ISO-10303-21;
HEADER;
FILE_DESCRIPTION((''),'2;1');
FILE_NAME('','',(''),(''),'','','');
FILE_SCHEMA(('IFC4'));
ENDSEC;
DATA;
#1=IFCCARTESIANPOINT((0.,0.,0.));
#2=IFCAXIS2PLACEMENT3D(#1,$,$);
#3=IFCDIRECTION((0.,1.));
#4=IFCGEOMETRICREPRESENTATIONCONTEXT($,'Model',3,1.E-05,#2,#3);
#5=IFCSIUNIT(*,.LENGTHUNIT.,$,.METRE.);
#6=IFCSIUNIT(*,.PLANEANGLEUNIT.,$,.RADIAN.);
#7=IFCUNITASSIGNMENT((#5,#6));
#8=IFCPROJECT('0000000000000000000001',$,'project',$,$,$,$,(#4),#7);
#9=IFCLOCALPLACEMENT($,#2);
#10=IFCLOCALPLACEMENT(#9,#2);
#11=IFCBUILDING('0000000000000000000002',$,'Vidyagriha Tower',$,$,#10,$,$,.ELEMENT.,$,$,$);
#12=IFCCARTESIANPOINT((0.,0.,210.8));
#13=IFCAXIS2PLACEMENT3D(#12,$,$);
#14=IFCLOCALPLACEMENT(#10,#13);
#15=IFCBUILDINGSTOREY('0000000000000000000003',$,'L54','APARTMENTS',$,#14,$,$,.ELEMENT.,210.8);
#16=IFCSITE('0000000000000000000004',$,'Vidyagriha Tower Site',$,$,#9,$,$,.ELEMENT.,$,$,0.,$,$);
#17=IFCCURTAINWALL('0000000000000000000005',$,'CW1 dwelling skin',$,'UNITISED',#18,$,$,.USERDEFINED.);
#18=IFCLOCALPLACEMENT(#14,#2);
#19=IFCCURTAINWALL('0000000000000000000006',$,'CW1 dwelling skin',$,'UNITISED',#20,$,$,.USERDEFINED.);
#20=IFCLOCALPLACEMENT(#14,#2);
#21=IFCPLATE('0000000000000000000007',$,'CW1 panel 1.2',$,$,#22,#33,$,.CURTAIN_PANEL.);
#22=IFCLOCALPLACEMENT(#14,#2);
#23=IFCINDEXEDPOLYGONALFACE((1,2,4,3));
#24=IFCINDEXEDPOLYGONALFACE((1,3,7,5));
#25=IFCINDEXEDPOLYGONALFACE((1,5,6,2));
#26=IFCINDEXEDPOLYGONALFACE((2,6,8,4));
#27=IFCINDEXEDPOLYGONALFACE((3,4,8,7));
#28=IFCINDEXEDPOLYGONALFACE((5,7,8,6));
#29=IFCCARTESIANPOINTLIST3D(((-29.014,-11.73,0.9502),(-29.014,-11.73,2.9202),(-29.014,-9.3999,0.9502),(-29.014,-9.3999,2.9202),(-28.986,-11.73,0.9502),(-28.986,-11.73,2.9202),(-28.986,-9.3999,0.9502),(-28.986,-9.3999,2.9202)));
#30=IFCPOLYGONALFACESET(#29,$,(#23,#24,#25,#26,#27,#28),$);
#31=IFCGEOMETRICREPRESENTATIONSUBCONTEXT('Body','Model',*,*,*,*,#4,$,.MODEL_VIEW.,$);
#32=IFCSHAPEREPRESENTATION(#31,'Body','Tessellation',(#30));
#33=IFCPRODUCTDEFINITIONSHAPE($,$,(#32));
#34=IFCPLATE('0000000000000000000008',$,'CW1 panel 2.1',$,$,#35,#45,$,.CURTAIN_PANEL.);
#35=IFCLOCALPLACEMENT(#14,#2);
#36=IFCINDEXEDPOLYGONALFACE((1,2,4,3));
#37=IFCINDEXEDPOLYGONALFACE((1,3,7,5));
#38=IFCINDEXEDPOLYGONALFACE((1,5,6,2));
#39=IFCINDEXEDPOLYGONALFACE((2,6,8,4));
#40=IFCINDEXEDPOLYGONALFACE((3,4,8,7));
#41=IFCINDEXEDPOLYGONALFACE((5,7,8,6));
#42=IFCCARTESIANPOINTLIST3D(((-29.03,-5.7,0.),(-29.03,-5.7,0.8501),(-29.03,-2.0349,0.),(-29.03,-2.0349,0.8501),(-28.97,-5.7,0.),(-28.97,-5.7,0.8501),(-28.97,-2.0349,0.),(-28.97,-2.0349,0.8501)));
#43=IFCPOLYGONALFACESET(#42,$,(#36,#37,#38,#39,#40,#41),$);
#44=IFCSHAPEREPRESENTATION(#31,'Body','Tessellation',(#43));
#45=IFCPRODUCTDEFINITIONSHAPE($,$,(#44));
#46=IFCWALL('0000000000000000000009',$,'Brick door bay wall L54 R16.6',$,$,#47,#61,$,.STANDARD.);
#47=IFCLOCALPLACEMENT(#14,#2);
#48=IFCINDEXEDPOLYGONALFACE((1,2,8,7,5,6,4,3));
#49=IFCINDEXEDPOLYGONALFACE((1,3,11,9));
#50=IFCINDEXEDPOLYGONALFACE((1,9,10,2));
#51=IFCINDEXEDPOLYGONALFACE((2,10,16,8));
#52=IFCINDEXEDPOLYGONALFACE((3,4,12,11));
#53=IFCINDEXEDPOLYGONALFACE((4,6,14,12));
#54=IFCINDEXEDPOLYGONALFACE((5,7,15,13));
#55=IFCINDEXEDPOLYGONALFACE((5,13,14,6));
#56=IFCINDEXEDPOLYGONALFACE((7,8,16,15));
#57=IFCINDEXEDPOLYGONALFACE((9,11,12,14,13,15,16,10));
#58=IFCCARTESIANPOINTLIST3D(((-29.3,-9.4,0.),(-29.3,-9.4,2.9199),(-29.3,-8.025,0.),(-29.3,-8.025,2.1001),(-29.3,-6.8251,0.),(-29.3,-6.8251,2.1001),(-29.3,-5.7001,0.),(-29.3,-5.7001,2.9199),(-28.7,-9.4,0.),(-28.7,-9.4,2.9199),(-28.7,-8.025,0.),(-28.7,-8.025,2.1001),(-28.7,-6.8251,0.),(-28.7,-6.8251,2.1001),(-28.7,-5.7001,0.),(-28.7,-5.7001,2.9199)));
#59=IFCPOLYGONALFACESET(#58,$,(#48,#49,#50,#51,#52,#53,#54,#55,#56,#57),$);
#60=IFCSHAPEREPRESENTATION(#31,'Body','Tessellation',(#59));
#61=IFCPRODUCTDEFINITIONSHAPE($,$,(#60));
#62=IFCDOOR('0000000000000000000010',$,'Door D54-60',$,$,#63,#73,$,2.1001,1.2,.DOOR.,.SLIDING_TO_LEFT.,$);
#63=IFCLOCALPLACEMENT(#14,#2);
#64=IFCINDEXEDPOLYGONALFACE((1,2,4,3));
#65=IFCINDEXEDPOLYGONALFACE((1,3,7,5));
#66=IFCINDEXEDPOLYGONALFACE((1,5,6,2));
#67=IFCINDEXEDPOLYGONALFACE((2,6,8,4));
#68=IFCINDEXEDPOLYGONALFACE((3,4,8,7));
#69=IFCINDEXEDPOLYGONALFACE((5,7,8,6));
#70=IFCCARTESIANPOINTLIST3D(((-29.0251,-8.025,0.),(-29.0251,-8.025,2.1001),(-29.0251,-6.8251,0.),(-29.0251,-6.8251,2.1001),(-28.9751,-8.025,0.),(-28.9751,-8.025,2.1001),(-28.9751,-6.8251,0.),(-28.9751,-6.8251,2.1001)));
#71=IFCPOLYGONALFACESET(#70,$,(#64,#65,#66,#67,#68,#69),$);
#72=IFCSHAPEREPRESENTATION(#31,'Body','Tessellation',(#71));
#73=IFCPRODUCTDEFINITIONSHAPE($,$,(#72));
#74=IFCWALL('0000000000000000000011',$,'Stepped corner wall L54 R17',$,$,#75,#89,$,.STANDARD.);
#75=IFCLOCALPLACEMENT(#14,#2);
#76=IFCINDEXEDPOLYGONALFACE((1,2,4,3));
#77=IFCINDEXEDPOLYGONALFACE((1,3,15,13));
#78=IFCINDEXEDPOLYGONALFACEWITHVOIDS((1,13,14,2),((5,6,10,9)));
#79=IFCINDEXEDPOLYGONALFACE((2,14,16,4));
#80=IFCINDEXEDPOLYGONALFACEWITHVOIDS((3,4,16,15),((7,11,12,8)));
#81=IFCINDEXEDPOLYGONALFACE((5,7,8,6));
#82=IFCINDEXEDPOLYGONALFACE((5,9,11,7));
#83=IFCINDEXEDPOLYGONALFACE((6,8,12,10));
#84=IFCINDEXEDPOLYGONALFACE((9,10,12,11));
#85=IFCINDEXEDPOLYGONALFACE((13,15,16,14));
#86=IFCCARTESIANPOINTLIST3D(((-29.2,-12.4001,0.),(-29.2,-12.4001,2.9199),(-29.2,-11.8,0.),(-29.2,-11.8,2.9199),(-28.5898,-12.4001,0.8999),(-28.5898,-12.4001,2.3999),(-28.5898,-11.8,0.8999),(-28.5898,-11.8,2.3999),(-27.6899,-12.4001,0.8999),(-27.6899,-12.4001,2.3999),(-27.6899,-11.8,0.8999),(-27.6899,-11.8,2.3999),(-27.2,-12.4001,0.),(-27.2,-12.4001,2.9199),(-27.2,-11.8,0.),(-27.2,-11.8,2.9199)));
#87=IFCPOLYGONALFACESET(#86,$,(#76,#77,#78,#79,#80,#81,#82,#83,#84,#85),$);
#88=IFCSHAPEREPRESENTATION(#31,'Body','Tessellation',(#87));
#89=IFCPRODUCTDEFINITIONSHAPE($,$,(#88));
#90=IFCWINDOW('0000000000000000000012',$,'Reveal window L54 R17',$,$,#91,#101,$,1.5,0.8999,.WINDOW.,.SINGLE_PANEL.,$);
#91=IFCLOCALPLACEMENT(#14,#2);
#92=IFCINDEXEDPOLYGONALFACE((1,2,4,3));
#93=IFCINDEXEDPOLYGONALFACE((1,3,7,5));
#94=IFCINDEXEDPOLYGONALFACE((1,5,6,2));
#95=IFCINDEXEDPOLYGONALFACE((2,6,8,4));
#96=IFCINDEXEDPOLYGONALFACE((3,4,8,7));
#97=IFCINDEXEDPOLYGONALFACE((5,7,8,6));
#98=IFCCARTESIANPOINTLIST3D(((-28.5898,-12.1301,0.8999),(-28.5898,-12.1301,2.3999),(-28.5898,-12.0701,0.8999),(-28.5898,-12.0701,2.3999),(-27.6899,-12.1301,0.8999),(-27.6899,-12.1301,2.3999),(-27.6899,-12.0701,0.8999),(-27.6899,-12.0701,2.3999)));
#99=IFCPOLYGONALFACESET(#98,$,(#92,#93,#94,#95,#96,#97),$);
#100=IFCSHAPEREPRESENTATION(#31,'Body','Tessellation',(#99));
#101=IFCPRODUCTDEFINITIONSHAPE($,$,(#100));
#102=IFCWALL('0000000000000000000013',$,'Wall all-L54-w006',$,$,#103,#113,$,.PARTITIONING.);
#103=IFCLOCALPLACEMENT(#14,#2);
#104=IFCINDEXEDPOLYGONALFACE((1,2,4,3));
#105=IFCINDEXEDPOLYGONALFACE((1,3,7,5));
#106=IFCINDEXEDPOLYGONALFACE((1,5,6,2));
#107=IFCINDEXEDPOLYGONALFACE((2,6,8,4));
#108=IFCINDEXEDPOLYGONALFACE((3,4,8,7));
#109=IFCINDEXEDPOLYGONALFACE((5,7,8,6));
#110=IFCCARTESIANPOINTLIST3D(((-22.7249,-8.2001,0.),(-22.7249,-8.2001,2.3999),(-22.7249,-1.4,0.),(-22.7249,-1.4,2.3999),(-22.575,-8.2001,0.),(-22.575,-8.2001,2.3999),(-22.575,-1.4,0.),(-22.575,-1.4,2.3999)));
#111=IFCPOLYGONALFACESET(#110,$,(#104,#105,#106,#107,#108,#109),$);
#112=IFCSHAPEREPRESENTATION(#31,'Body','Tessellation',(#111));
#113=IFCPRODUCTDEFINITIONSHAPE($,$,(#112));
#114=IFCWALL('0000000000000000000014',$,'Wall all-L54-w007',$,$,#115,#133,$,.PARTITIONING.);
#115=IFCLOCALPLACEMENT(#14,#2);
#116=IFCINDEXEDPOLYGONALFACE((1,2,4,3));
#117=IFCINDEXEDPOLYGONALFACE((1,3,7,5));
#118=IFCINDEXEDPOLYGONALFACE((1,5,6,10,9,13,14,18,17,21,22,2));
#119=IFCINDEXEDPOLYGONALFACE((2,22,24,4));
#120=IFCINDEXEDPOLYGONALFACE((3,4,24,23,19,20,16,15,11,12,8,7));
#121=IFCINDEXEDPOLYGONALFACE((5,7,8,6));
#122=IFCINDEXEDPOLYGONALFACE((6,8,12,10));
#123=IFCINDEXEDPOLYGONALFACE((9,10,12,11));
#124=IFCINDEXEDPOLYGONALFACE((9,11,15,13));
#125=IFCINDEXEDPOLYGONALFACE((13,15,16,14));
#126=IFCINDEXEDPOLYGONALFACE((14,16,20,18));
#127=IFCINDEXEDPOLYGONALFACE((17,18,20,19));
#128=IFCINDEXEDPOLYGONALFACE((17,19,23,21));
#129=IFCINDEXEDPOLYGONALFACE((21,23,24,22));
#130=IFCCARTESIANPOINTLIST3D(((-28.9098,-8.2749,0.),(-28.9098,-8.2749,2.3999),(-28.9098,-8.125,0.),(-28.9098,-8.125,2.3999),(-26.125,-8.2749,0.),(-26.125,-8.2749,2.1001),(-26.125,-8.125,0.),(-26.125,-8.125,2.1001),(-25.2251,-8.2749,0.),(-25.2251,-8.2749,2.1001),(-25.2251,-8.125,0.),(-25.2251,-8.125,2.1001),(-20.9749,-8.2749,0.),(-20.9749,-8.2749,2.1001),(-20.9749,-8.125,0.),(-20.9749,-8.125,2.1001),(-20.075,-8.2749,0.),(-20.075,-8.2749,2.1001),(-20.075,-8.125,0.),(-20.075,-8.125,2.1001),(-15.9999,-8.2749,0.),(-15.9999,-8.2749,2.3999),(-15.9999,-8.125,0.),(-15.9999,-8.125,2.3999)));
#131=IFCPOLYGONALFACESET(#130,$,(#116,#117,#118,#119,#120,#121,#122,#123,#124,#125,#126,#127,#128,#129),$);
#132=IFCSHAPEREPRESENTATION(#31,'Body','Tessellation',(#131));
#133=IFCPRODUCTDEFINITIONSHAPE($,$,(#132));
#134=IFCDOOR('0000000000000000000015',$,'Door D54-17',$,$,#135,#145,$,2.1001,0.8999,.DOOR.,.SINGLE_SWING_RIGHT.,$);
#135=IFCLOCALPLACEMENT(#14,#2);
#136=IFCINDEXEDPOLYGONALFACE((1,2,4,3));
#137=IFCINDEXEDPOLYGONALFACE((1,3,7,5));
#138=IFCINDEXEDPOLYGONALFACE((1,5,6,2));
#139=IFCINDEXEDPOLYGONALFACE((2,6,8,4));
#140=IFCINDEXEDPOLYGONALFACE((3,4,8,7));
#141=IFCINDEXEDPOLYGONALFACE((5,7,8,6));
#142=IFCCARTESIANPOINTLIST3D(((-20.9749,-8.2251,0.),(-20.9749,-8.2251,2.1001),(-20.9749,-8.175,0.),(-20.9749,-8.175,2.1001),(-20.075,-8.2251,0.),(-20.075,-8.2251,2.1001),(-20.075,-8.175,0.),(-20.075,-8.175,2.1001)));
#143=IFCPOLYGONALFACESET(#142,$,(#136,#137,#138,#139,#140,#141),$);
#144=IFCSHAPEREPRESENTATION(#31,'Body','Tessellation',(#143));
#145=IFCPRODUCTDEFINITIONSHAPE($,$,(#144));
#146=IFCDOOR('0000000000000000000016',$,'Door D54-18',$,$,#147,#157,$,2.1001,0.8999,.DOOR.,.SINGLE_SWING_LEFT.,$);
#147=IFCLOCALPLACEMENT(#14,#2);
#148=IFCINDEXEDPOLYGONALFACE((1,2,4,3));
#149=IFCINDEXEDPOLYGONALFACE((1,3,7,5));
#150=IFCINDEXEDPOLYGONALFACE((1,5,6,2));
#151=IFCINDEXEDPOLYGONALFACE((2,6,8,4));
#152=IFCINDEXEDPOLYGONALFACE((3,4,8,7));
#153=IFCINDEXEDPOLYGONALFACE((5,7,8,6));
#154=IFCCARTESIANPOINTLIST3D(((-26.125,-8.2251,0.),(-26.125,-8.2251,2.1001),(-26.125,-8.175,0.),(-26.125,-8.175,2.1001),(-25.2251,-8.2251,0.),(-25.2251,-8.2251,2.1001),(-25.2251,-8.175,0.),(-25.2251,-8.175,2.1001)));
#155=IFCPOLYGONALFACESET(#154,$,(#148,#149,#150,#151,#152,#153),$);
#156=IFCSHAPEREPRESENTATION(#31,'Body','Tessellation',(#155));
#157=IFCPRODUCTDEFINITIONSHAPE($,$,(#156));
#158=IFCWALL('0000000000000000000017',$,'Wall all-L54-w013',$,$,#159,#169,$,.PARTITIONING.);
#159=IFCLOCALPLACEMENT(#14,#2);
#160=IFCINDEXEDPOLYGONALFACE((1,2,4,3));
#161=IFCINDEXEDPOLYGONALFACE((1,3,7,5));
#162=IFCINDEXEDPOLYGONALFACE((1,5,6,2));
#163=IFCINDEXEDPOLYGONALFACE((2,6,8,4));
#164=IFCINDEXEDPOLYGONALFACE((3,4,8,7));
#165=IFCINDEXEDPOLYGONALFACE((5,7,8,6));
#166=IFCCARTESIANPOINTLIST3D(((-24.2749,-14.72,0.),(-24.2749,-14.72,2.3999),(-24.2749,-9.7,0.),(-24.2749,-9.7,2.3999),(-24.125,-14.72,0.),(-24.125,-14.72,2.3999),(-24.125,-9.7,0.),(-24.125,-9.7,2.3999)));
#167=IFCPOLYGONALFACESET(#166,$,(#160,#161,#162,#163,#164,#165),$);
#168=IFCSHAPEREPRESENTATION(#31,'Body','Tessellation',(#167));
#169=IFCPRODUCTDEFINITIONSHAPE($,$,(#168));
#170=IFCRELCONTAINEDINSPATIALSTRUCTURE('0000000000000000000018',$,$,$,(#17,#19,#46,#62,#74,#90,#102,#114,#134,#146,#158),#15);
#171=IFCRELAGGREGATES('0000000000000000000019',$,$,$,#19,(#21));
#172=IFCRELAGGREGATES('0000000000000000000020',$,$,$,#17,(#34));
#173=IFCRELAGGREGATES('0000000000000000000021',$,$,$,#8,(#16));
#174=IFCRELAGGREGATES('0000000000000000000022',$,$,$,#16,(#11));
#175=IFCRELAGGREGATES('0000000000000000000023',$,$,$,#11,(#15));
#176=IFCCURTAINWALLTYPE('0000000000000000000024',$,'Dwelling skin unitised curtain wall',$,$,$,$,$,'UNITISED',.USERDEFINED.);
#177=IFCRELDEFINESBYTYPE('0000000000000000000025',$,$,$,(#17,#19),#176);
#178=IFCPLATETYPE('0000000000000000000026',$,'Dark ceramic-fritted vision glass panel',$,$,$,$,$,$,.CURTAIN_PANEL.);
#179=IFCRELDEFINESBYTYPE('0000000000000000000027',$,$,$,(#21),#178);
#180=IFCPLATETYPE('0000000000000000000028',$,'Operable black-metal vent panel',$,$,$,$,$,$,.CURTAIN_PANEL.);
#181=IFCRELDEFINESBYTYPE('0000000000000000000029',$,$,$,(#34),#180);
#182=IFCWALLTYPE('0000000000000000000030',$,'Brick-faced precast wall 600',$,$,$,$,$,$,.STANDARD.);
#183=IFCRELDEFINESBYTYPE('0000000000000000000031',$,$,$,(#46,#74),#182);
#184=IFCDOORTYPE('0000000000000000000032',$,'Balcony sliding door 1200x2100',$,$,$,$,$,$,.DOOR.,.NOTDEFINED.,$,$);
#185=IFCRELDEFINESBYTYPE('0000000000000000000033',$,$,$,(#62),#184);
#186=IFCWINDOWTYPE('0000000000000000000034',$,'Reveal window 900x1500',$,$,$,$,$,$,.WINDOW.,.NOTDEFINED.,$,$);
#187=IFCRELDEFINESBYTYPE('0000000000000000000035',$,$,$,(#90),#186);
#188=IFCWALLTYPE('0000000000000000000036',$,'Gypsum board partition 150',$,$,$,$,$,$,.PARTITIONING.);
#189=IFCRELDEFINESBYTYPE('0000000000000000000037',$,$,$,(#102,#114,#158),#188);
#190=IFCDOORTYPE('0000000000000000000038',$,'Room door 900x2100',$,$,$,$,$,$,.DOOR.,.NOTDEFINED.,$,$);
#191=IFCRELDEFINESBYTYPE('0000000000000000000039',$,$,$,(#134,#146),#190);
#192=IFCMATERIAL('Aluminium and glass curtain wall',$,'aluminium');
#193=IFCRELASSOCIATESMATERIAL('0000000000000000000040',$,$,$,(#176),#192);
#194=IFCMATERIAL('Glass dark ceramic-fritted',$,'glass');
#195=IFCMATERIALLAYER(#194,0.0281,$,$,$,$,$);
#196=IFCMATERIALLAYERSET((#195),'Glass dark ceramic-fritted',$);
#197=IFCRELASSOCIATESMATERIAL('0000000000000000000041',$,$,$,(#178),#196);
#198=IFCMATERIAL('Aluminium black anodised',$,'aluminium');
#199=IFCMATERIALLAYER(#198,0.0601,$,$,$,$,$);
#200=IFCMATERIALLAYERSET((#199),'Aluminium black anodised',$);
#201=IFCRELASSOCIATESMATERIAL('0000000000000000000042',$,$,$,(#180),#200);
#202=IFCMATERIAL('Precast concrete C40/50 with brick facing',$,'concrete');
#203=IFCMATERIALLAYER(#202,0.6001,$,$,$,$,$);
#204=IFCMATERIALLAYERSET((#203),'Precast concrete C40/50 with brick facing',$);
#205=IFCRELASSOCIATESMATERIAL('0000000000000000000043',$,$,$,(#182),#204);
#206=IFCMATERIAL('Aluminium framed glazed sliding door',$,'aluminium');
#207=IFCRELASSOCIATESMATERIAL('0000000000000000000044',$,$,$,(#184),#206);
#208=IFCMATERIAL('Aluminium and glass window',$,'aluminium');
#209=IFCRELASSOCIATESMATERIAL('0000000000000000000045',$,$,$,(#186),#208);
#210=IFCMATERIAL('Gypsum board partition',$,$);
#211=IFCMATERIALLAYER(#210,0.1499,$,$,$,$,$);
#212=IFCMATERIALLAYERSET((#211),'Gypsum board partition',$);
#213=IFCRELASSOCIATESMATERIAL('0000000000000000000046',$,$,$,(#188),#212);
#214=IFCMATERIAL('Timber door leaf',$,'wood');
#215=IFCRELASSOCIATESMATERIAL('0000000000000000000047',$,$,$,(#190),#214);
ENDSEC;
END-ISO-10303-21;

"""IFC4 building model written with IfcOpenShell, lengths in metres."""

from ifc_helpers import new_model, si_unit, direction, frame, frame_2d, origin, origin_2d, place, context, subcontext, project, spatial, rectangle, extrude, material, layer, layer_set, type_object, element, fill, aggregate, save


model = new_model("IFC4")

# Units and contexts
model_context = context("Model", 3, precision=1e-05, world=origin(), true_north=direction((0.0, 1.0)))
body_context = subcontext(model_context, "Body", "Model", "MODEL_VIEW")
ifc_project = project(units=[si_unit("LENGTHUNIT", "METRE"), si_unit("PLANEANGLEUNIT", "RADIAN")], contexts=[model_context])

# Site, building, storey
site_placement = place(None, origin())
site = spatial("IfcSite", under=ifc_project, at=site_placement, Name="Vidyagriha Tower Site", CompositionType="ELEMENT", RefElevation=0.0)
building_placement = place(site_placement, origin())
building = spatial("IfcBuilding", under=site, at=building_placement, Name="Vidyagriha Tower", CompositionType="ELEMENT")
storey_placement = place(building_placement, frame((0.0, 0.0, 210.8)))
storey = spatial("IfcBuildingStorey", under=building, at=storey_placement, Name="L54", Description="APARTMENTS", CompositionType="ELEMENT", Elevation=210.8)

# Curtain walls
ifc_material_1 = material(Name="Aluminium and glass curtain wall", Category="aluminium")
curtain_wall_type = type_object("IfcCurtainWallType", Name="Dwelling skin unitised curtain wall", ElementType="UNITISED", PredefinedType="USERDEFINED", material=ifc_material_1)
curtain_wall_1_placement = place(storey_placement, origin())
curtain_wall_1 = element("IfcCurtainWall", 1, at=curtain_wall_1_placement, inside=storey, type_object=curtain_wall_type, Name="CW1 dwelling skin", ObjectType="UNITISED", PredefinedType="USERDEFINED")
curtain_wall_2_placement = place(storey_placement, origin())
curtain_wall_2 = element("IfcCurtainWall", 2, at=curtain_wall_2_placement, inside=storey, type_object=curtain_wall_type, Name="CW1 dwelling skin", ObjectType="UNITISED", PredefinedType="USERDEFINED")

# Plates
ifc_material_2 = material(Name="Glass dark ceramic-fritted", Category="glass")
ifc_layer_1 = layer(ifc_material_2, 0.0281)
ifc_layer_set_1 = layer_set([ifc_layer_1], Name="Glass dark ceramic-fritted")
plate_type_1 = type_object("IfcPlateType", Name="Dark ceramic-fritted vision glass panel", PredefinedType="CURTAIN_PANEL", material=ifc_layer_set_1)
plate_1_placement = place(storey_placement, frame((-29.0, -10.5649, 0.9502), z_axis=(0.0, 0.0, 1.0), x_axis=(0.0, -1.0, 0.0)))
plate_1 = element("IfcPlate", 3, at=plate_1_placement, type_object=plate_type_1, Name="CW1 panel 1.2", PredefinedType="CURTAIN_PANEL", context=body_context, shape_type="SweptSolid", body=[
    extrude(rectangle(XDim=2.3301, YDim=0.0281, at=origin_2d()), origin(), (0.0, 0.0, 1.0), 1.97),
])
aggregate(curtain_wall_2, [plate_1])
ifc_material_3 = material(Name="Aluminium black anodised", Category="aluminium")
ifc_layer_2 = layer(ifc_material_3, 0.0601)
ifc_layer_set_2 = layer_set([ifc_layer_2], Name="Aluminium black anodised")
plate_type_2 = type_object("IfcPlateType", Name="Operable black-metal vent panel", PredefinedType="CURTAIN_PANEL", material=ifc_layer_set_2)
plate_2_placement = place(storey_placement, frame((-29.0, -3.8674, 0.0), z_axis=(0.0, 0.0, 1.0), x_axis=(0.0, -1.0, 0.0)))
plate_2 = element("IfcPlate", 4, at=plate_2_placement, type_object=plate_type_2, Name="CW1 panel 2.1", PredefinedType="CURTAIN_PANEL", context=body_context, shape_type="SweptSolid", body=[
    extrude(rectangle(XDim=3.665, YDim=0.0601, at=origin_2d()), origin(), (0.0, 0.0, 1.0), 0.8501),
])
aggregate(curtain_wall_1, [plate_2])

# Wall, opening, door
ifc_material_4 = material(Name="Precast concrete C40/50 with brick facing", Category="concrete")
ifc_layer_3 = layer(ifc_material_4, 0.6001)
ifc_layer_set_3 = layer_set([ifc_layer_3], Name="Precast concrete C40/50 with brick facing")
wall_type_1 = type_object("IfcWallType", Name="Brick-faced precast wall 600", PredefinedType="STANDARD", material=ifc_layer_set_3)
wall_1_placement = place(storey_placement, frame((-29.0, -5.7, 0.0), z_axis=(0.0, 0.0, 1.0), x_axis=(0.0, -1.0, 0.0)))
wall_1 = element("IfcWall", 5, at=wall_1_placement, inside=storey, type_object=wall_type_1, Name="Brick door bay wall L54 R16.6", PredefinedType="STANDARD", context=body_context, shape_type="SweptSolid", body=[
    extrude(rectangle(XDim=3.7, YDim=0.6001, at=frame_2d((1.8501, 0.0))), origin(), (0.0, 0.0, 1.0), 2.9199),
])
opening_1_placement = place(wall_1_placement, frame((1.125, 0.0, 0.0)))
opening_1 = element("IfcOpeningElement", 6, at=opening_1_placement, cuts=wall_1, PredefinedType="OPENING", context=body_context, shape_type="SweptSolid", body=[
    extrude(rectangle(XDim=1.2, YDim=2.1001, at=frame_2d((0.6001, 1.05))), frame((0.0, 0.3101, 0.0), z_axis=(0.0, -1.0, 0.0), x_axis=(1.0, 0.0, 0.0)), (0.0, 0.0, 1.0), 0.6201),
])
ifc_material_5 = material(Name="Aluminium framed glazed sliding door", Category="aluminium")
door_type_1 = type_object("IfcDoorType", Name="Balcony sliding door 1200x2100", OperationType="NOTDEFINED", PredefinedType="DOOR", material=ifc_material_5)
door_1_placement = place(opening_1_placement, origin())
door_1 = element("IfcDoor", 7, at=door_1_placement, inside=storey, type_object=door_type_1, Name="Door D54-60", OperationType="SLIDING_TO_LEFT", OverallHeight=2.1001, OverallWidth=1.2, PredefinedType="DOOR", context=body_context, shape_type="SweptSolid", body=[
    extrude(rectangle(XDim=1.2, YDim=2.1001, at=frame_2d((0.6001, 1.05))), frame((0.0, 0.0249, 0.0), z_axis=(0.0, -1.0, 0.0), x_axis=(1.0, 0.0, 0.0)), (0.0, 0.0, 1.0), 0.05),
])
fill(opening_1, door_1)

# Wall, opening, window
wall_2_placement = place(storey_placement, frame((-29.2, -12.1001, 0.0)))
wall_2 = element("IfcWall", 8, at=wall_2_placement, inside=storey, type_object=wall_type_1, Name="Stepped corner wall L54 R17", PredefinedType="STANDARD", context=body_context, shape_type="SweptSolid", body=[
    extrude(rectangle(XDim=2.0, YDim=0.6001, at=frame_2d((1.0, 0.0))), origin(), (0.0, 0.0, 1.0), 2.9199),
])
opening_2_placement = place(wall_2_placement, frame((0.6101, 0.0, 0.8999)))
opening_2 = element("IfcOpeningElement", 9, at=opening_2_placement, cuts=wall_2, PredefinedType="OPENING", context=body_context, shape_type="SweptSolid", body=[
    extrude(rectangle(XDim=0.8999, YDim=1.5, at=frame_2d((0.45, 0.75))), frame((0.0, 0.3101, 0.0), z_axis=(0.0, -1.0, 0.0), x_axis=(1.0, 0.0, 0.0)), (0.0, 0.0, 1.0), 0.6201),
])
ifc_material_6 = material(Name="Aluminium and glass window", Category="aluminium")
window_type = type_object("IfcWindowType", Name="Reveal window 900x1500", PartitioningType="NOTDEFINED", PredefinedType="WINDOW", material=ifc_material_6)
window_placement = place(opening_2_placement, origin())
window = element("IfcWindow", 10, at=window_placement, inside=storey, type_object=window_type, Name="Reveal window L54 R17", OverallHeight=1.5, OverallWidth=0.8999, PartitioningType="SINGLE_PANEL", PredefinedType="WINDOW", context=body_context, shape_type="SweptSolid", body=[
    extrude(rectangle(XDim=0.8999, YDim=1.5, at=frame_2d((0.45, 0.75))), frame((0.0, 0.03, 0.0), z_axis=(0.0, -1.0, 0.0), x_axis=(1.0, 0.0, 0.0)), (0.0, 0.0, 1.0), 0.0601),
])
fill(opening_2, window)

# Wall
ifc_material_7 = material(Name="Gypsum board partition")
ifc_layer_4 = layer(ifc_material_7, 0.1499)
ifc_layer_set_4 = layer_set([ifc_layer_4], Name="Gypsum board partition")
wall_type_2 = type_object("IfcWallType", Name="Gypsum board partition 150", PredefinedType="PARTITIONING", material=ifc_layer_set_4)
wall_3_placement = place(storey_placement, frame((-22.6499, -8.2, 0.0), z_axis=(0.0, 0.0, 1.0), x_axis=(0.0, 1.0, 0.0)))
element("IfcWall", 11, at=wall_3_placement, inside=storey, type_object=wall_type_2, Name="Wall all-L54-w006", PredefinedType="PARTITIONING", context=body_context, shape_type="SweptSolid", body=[
    extrude(rectangle(XDim=6.8, YDim=0.1499, at=frame_2d((3.3999, 0.0))), origin(), (0.0, 0.0, 1.0), 2.3999),
])

# Wall, openings, doors
wall_4_placement = place(storey_placement, frame((-28.9099, -8.2, 0.0)))
wall_4 = element("IfcWall", 12, at=wall_4_placement, inside=storey, type_object=wall_type_2, Name="Wall all-L54-w007", PredefinedType="PARTITIONING", context=body_context, shape_type="SweptSolid", body=[
    extrude(rectangle(XDim=12.9099, YDim=0.1499, at=frame_2d((6.4551, 0.0))), origin(), (0.0, 0.0, 1.0), 2.3999),
])
opening_3_placement = place(wall_4_placement, frame((7.9351, 0.0, 0.0)))
opening_3 = element("IfcOpeningElement", 13, at=opening_3_placement, cuts=wall_4, PredefinedType="OPENING", context=body_context, shape_type="SweptSolid", body=[
    extrude(rectangle(XDim=0.8999, YDim=2.1001, at=frame_2d((0.45, 1.05))), frame((0.0, 0.085, 0.0), z_axis=(0.0, -1.0, 0.0), x_axis=(1.0, 0.0, 0.0)), (0.0, 0.0, 1.0), 0.1699),
])
opening_4_placement = place(wall_4_placement, frame((2.7849, 0.0, 0.0)))
opening_4 = element("IfcOpeningElement", 14, at=opening_4_placement, cuts=wall_4, PredefinedType="OPENING", context=body_context, shape_type="SweptSolid", body=[
    extrude(rectangle(XDim=0.8999, YDim=2.1001, at=frame_2d((0.45, 1.05))), frame((0.0, 0.085, 0.0), z_axis=(0.0, -1.0, 0.0), x_axis=(1.0, 0.0, 0.0)), (0.0, 0.0, 1.0), 0.1699),
])
ifc_material_8 = material(Name="Timber door leaf", Category="wood")
door_type_2 = type_object("IfcDoorType", Name="Room door 900x2100", OperationType="NOTDEFINED", PredefinedType="DOOR", material=ifc_material_8)
door_2_placement = place(opening_3_placement, origin())
door_2 = element("IfcDoor", 15, at=door_2_placement, inside=storey, type_object=door_type_2, Name="Door D54-17", OperationType="SINGLE_SWING_RIGHT", OverallHeight=2.1001, OverallWidth=0.8999, PredefinedType="DOOR", context=body_context, shape_type="SweptSolid", body=[
    extrude(rectangle(XDim=0.8999, YDim=2.1001, at=frame_2d((0.45, 1.05))), frame((0.0, 0.0249, 0.0), z_axis=(0.0, -1.0, 0.0), x_axis=(1.0, 0.0, 0.0)), (0.0, 0.0, 1.0), 0.05),
])
fill(opening_3, door_2)
door_3_placement = place(opening_4_placement, origin())
door_3 = element("IfcDoor", 16, at=door_3_placement, inside=storey, type_object=door_type_2, Name="Door D54-18", OperationType="SINGLE_SWING_LEFT", OverallHeight=2.1001, OverallWidth=0.8999, PredefinedType="DOOR", context=body_context, shape_type="SweptSolid", body=[
    extrude(rectangle(XDim=0.8999, YDim=2.1001, at=frame_2d((0.45, 1.05))), frame((0.0, 0.0249, 0.0), z_axis=(0.0, -1.0, 0.0), x_axis=(1.0, 0.0, 0.0)), (0.0, 0.0, 1.0), 0.05),
])
fill(opening_4, door_3)

# Wall
wall_5_placement = place(storey_placement, frame((-24.2, -9.7, 0.0), z_axis=(0.0, 0.0, 1.0), x_axis=(0.0, -1.0, 0.0)))
element("IfcWall", 17, at=wall_5_placement, inside=storey, type_object=wall_type_2, Name="Wall all-L54-w013", PredefinedType="PARTITIONING", context=body_context, shape_type="SweptSolid", body=[
    extrude(rectangle(XDim=5.02, YDim=0.1499, at=frame_2d((2.51, 0.0))), origin(), (0.0, 0.0, 1.0), 2.3999),
])

save(model, "model.ifc")
